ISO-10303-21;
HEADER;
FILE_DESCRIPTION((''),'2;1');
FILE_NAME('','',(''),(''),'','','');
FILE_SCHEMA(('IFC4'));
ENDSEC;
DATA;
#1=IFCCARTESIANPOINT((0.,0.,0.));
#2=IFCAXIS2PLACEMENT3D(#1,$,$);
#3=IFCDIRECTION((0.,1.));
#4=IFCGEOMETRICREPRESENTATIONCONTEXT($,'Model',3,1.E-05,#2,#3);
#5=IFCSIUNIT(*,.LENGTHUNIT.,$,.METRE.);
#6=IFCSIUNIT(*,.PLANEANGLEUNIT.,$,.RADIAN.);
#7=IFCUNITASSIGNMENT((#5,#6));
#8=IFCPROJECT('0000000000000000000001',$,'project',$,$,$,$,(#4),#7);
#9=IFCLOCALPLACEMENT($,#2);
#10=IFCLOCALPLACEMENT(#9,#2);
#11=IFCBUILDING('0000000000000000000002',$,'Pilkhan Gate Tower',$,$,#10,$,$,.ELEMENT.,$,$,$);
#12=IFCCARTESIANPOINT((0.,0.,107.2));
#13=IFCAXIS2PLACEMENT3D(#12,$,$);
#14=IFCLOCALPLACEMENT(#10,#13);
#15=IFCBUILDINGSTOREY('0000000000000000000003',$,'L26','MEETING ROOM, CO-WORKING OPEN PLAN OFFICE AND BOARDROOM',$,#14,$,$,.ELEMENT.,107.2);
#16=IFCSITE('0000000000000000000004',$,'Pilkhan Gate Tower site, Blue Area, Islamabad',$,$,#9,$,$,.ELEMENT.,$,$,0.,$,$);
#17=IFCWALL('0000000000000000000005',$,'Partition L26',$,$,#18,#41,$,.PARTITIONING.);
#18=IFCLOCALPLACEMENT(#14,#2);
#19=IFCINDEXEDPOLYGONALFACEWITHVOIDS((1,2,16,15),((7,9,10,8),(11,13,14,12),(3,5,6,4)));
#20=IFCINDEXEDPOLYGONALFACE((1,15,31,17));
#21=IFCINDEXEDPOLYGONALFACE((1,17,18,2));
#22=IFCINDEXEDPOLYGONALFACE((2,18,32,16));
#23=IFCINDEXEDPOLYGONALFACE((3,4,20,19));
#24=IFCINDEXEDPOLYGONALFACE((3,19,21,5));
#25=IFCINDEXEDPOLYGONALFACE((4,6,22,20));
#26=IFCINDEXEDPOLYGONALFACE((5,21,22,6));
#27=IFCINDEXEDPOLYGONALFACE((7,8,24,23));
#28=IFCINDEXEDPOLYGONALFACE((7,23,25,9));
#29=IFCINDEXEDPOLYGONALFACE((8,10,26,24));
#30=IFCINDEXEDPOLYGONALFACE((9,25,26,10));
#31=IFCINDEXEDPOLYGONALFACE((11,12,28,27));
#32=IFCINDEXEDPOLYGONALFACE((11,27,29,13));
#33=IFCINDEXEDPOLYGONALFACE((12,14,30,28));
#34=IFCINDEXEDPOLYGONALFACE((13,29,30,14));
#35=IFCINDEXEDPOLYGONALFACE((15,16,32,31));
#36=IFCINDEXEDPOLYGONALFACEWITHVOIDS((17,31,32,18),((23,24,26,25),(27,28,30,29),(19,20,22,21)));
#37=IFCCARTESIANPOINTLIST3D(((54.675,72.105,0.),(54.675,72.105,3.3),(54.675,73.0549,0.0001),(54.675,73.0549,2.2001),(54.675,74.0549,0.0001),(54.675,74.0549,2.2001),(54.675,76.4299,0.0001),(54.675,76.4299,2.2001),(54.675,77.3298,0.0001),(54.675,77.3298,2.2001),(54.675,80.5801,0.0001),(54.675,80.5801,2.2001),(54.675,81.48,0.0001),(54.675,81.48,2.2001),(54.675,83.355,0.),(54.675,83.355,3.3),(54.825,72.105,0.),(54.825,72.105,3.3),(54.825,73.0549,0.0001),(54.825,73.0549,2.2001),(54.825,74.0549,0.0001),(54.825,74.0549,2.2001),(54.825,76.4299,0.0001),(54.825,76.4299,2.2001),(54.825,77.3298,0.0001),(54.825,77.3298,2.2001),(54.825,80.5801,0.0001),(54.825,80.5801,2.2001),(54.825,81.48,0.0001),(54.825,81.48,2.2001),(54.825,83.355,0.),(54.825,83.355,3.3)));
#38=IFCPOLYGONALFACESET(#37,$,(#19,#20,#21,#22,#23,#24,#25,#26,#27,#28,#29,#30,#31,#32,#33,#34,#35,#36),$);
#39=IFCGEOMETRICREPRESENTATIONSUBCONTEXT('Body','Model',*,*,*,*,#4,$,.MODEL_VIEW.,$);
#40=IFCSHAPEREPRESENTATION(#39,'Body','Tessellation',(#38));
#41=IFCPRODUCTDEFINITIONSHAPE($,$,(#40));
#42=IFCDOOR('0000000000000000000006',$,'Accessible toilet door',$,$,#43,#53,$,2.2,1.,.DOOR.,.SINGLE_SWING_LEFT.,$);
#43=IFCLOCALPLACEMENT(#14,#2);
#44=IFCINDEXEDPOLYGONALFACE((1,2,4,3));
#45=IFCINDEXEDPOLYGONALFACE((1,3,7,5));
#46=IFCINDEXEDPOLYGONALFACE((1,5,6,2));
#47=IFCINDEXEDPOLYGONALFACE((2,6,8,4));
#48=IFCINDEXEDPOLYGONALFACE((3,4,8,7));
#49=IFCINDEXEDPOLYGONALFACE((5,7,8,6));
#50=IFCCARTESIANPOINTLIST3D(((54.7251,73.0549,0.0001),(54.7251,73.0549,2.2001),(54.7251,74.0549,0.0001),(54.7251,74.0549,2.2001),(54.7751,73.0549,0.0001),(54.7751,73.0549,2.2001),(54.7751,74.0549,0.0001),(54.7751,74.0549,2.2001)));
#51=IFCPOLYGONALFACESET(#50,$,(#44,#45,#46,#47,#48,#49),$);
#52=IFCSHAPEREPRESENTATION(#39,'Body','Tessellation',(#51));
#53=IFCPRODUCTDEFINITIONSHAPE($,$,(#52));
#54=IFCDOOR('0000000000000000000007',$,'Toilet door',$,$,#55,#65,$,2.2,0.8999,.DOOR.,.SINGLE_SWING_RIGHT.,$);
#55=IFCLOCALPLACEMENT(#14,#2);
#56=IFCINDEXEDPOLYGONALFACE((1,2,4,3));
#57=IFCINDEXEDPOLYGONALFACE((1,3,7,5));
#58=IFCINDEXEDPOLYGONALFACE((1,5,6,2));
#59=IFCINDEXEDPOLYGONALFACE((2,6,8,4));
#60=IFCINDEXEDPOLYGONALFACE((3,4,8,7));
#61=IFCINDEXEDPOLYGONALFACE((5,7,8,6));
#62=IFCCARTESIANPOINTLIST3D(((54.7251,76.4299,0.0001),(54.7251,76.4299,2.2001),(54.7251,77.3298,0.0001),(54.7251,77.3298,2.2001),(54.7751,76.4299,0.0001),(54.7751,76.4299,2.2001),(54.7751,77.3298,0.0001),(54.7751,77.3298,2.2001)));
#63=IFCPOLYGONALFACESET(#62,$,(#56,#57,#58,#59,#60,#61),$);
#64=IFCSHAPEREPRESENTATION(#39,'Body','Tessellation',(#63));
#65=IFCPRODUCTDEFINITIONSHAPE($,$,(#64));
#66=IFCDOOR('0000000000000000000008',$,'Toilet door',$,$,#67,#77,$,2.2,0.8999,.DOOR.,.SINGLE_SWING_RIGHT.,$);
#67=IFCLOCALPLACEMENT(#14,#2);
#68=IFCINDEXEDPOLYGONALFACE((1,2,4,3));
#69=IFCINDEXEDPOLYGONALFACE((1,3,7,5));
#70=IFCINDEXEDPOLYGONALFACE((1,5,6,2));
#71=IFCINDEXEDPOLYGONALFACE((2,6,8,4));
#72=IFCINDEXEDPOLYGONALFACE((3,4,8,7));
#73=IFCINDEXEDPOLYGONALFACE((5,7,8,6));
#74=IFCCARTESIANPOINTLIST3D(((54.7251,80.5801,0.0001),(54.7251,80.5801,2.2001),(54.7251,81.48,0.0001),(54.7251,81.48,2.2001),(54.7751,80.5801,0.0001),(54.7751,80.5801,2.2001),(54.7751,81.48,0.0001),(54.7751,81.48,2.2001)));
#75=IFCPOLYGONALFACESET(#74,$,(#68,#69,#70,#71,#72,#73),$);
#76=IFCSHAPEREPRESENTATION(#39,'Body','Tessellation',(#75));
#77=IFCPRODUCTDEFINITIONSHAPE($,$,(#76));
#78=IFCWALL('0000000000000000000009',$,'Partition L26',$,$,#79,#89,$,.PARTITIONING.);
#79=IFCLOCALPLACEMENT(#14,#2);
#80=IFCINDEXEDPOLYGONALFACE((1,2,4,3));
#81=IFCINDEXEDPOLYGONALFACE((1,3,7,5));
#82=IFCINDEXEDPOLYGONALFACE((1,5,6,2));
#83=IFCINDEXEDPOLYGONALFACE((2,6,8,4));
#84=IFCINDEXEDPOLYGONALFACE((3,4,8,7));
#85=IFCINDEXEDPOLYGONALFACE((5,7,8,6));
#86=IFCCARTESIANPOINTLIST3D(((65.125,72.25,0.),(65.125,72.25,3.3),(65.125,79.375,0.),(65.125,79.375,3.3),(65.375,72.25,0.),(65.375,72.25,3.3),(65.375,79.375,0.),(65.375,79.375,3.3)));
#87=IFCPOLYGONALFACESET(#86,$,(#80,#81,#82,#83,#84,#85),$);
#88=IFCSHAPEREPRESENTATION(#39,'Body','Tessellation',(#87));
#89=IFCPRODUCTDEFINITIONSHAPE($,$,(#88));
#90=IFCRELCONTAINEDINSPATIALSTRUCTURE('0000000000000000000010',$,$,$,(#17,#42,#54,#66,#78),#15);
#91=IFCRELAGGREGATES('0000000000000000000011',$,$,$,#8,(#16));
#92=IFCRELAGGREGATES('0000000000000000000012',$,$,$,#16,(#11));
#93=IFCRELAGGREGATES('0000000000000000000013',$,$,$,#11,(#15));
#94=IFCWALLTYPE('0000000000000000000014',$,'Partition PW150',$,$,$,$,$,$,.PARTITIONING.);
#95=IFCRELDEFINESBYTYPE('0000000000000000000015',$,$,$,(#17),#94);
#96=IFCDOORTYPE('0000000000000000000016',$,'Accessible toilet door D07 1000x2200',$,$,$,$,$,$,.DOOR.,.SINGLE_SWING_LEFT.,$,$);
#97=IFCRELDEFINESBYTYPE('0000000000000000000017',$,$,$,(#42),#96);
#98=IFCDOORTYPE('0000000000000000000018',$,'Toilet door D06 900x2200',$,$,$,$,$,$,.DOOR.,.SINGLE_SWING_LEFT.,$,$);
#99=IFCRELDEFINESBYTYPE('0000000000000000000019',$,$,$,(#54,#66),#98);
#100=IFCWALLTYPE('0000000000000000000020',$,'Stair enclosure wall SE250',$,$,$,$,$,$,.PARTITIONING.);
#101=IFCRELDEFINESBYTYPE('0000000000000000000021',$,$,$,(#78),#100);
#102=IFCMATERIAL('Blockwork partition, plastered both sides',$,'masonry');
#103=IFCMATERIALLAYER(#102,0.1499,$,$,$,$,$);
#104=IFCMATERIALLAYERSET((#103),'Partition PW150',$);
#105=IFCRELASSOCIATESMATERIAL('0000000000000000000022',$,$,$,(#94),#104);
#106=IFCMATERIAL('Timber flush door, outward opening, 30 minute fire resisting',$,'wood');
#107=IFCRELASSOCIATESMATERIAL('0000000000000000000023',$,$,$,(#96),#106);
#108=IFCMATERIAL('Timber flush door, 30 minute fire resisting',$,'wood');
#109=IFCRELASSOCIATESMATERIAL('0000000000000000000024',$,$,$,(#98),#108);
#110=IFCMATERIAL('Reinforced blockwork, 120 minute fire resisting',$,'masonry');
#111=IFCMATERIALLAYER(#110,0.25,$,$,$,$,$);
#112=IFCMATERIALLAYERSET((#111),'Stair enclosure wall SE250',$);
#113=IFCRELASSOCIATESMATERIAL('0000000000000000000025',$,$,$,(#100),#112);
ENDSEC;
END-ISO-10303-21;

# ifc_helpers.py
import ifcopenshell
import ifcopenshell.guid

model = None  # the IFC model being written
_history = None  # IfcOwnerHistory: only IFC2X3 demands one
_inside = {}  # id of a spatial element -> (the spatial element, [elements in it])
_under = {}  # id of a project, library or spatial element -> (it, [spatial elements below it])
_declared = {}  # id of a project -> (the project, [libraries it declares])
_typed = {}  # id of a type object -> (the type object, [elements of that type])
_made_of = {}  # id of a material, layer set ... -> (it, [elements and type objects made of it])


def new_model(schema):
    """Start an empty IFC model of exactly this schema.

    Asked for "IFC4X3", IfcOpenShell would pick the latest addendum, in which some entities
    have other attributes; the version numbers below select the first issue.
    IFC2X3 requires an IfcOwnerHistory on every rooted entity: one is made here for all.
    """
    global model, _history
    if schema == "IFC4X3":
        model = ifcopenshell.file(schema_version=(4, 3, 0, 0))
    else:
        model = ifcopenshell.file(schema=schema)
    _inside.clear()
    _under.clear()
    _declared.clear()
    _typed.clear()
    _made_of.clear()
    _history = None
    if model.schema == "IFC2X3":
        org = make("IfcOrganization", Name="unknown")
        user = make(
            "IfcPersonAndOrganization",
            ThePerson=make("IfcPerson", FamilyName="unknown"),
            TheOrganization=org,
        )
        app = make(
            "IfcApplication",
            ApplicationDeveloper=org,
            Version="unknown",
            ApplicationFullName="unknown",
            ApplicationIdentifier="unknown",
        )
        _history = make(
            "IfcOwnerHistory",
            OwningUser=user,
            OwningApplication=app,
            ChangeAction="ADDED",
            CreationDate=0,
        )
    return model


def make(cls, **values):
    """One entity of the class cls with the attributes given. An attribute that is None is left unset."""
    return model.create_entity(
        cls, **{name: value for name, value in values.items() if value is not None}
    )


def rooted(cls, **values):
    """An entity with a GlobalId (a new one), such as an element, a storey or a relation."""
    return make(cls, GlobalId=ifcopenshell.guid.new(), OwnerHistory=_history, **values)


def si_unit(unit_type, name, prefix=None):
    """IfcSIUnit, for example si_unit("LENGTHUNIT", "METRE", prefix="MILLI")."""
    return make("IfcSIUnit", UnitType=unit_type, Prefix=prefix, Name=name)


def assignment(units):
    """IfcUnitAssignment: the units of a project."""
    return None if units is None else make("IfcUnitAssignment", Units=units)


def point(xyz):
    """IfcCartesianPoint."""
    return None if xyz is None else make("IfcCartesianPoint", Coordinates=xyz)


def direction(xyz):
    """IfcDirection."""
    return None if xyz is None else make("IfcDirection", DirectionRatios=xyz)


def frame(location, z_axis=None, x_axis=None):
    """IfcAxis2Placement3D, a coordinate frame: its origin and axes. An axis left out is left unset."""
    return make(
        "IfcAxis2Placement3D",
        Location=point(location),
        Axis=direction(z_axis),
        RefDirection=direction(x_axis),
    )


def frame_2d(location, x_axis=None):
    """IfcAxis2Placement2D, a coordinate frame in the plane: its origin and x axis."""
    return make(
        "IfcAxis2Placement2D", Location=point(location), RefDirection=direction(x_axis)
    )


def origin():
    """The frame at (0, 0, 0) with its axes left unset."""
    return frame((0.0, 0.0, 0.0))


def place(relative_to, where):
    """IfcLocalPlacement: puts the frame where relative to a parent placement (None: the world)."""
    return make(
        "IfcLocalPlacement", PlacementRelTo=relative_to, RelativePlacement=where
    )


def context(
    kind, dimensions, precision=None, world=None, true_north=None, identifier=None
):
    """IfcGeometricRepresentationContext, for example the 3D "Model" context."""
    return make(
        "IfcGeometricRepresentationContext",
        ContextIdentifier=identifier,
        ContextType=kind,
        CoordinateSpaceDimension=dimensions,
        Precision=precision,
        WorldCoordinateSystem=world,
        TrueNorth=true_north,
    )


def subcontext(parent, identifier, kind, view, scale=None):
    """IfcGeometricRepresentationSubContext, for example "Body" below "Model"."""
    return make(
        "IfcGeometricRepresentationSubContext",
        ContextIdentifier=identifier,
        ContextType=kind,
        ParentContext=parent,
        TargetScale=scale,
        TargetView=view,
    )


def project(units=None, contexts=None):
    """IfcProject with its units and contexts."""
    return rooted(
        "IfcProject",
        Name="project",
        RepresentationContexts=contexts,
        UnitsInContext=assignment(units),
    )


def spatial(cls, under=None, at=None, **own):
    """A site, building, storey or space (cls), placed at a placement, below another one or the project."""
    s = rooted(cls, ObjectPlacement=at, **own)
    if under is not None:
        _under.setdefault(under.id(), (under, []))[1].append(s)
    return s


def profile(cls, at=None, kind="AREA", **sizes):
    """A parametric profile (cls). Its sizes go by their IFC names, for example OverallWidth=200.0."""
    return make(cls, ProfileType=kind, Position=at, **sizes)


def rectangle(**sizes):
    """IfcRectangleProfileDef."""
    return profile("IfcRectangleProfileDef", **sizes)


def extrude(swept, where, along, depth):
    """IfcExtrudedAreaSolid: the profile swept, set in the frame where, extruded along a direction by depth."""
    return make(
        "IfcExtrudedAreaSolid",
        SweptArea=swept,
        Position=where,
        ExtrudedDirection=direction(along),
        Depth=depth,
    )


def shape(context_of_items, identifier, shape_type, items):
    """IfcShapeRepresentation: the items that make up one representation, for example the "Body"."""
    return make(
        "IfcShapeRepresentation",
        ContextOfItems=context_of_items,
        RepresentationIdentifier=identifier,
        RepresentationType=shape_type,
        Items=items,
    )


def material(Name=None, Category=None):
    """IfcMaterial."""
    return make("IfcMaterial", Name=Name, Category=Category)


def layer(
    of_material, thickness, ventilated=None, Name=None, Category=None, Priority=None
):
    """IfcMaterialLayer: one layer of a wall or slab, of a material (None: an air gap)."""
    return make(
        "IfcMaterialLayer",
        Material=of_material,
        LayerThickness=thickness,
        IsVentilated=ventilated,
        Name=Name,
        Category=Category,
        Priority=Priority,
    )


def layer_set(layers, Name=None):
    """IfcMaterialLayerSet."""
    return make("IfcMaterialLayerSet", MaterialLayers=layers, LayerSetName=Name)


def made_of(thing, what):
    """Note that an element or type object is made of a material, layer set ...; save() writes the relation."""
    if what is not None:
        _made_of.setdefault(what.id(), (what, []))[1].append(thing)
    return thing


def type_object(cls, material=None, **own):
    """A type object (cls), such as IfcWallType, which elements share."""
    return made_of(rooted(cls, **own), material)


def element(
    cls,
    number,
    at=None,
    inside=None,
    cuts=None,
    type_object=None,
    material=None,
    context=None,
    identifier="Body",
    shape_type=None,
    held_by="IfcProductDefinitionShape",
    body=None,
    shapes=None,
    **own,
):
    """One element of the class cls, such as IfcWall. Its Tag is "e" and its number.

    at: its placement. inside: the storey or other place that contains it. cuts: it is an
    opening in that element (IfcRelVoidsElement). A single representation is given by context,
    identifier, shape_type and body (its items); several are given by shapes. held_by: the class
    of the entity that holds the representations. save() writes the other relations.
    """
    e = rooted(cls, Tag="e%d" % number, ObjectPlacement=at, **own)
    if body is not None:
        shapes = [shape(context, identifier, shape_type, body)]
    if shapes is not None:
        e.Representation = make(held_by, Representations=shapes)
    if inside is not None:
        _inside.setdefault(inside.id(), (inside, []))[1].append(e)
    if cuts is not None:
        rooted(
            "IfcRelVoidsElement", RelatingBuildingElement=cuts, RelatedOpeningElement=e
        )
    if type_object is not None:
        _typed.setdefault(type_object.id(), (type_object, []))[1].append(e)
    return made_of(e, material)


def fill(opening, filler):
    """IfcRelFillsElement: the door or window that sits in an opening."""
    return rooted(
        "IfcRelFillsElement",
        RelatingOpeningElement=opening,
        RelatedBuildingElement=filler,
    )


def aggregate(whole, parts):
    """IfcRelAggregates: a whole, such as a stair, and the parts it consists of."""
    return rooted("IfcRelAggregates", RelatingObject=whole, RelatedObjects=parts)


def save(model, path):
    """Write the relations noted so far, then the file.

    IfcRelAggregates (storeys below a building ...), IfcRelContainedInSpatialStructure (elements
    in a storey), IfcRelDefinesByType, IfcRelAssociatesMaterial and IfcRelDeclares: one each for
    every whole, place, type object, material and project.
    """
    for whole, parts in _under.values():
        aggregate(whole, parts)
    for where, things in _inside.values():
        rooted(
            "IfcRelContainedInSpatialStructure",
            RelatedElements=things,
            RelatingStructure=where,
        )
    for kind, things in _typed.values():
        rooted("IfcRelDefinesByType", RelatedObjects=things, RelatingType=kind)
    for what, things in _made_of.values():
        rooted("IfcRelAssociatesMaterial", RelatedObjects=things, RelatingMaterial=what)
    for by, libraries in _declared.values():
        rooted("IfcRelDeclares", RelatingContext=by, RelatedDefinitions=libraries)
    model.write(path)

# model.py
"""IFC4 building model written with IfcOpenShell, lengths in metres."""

from ifc_helpers import new_model, si_unit, direction, frame, frame_2d, origin, place, context, subcontext, project, spatial, rectangle, extrude, material, layer, layer_set, type_object, element, fill, save


model = new_model("IFC4")

# Units and contexts
model_context = context("Model", 3, precision=1e-05, world=origin(), true_north=direction((0.0, 1.0)))
body_context = subcontext(model_context, "Body", "Model", "MODEL_VIEW")
ifc_project = project(units=[si_unit("LENGTHUNIT", "METRE"), si_unit("PLANEANGLEUNIT", "RADIAN")], contexts=[model_context])

# Site, building, storey
site_placement = place(None, origin())
site = spatial("IfcSite", under=ifc_project, at=site_placement, Name="Pilkhan Gate Tower site, Blue Area, Islamabad", CompositionType="ELEMENT", RefElevation=0.0)
building_placement = place(site_placement, origin())
building = spatial("IfcBuilding", under=site, at=building_placement, Name="Pilkhan Gate Tower", CompositionType="ELEMENT")
storey_placement = place(building_placement, frame((0.0, 0.0, 107.2)))
storey = spatial("IfcBuildingStorey", under=building, at=storey_placement, Name="L26", Description="MEETING ROOM, CO-WORKING OPEN PLAN OFFICE AND BOARDROOM", CompositionType="ELEMENT", Elevation=107.2)

# Shared definitions
ifc_material_1 = material(Name="Timber flush door, 30 minute fire resisting", Category="wood")

# Shared definitions
ifc_material_2 = material(Name="Blockwork partition, plastered both sides", Category="masonry")
ifc_layer_1 = layer(ifc_material_2, 0.1499)
ifc_layer_set_1 = layer_set([ifc_layer_1], Name="Partition PW150")
wall_type_1 = type_object("IfcWallType", Name="Partition PW150", PredefinedType="PARTITIONING", material=ifc_layer_set_1)

# Wall, openings, doors
wall_1_placement = place(storey_placement, frame((54.75, 72.105, 0.0), z_axis=(0.0, 0.0, 1.0), x_axis=(0.0, 1.0, 0.0)))
wall_1 = element("IfcWall", 1, at=wall_1_placement, inside=storey, type_object=wall_type_1, Name="Partition L26", PredefinedType="PARTITIONING", context=body_context, shape_type="SweptSolid", body=[
    extrude(rectangle(XDim=11.25, YDim=0.1499, at=frame_2d((5.625, 0.0))), origin(), (0.0, 0.0, 1.0), 3.3),
])
opening_1_placement = place(wall_1_placement, frame((0.95, 0.0, 0.0)))
opening_1 = element("IfcOpeningElement", 2, at=opening_1_placement, cuts=wall_1, PredefinedType="OPENING", context=body_context, shape_type="SweptSolid", body=[
    extrude(rectangle(XDim=1.0, YDim=2.2, at=frame_2d((0.5, 1.1001))), frame((0.0, 0.085, 0.0), z_axis=(0.0, -1.0, 0.0), x_axis=(1.0, 0.0, 0.0)), (0.0, 0.0, 1.0), 0.1699),
])
opening_2_placement = place(wall_1_placement, frame((4.325, 0.0, 0.0)))
opening_2 = element("IfcOpeningElement", 3, at=opening_2_placement, cuts=wall_1, PredefinedType="OPENING", context=body_context, shape_type="SweptSolid", body=[
    extrude(rectangle(XDim=0.8999, YDim=2.2, at=frame_2d((0.45, 1.1001))), frame((0.0, 0.085, 0.0), z_axis=(0.0, -1.0, 0.0), x_axis=(1.0, 0.0, 0.0)), (0.0, 0.0, 1.0), 0.1699),
])
opening_3_placement = place(wall_1_placement, frame((8.4751, 0.0, 0.0)))
opening_3 = element("IfcOpeningElement", 4, at=opening_3_placement, cuts=wall_1, PredefinedType="OPENING", context=body_context, shape_type="SweptSolid", body=[
    extrude(rectangle(XDim=0.8999, YDim=2.2, at=frame_2d((0.45, 1.1001))), frame((0.0, 0.085, 0.0), z_axis=(0.0, -1.0, 0.0), x_axis=(1.0, 0.0, 0.0)), (0.0, 0.0, 1.0), 0.1699),
])
ifc_material_3 = material(Name="Timber flush door, outward opening, 30 minute fire resisting", Category="wood")
door_type_1 = type_object("IfcDoorType", Name="Accessible toilet door D07 1000x2200", OperationType="SINGLE_SWING_LEFT", PredefinedType="DOOR", material=ifc_material_3)
door_1_placement = place(opening_1_placement, origin())
door_1 = element("IfcDoor", 5, at=door_1_placement, inside=storey, type_object=door_type_1, Name="Accessible toilet door", OperationType="SINGLE_SWING_LEFT", OverallHeight=2.2, OverallWidth=1.0, PredefinedType="DOOR", context=body_context, shape_type="SweptSolid", body=[
    extrude(rectangle(XDim=1.0, YDim=2.2, at=frame_2d((0.5, 1.1001))), frame((0.0, 0.0249, 0.0), z_axis=(0.0, -1.0, 0.0), x_axis=(1.0, 0.0, 0.0)), (0.0, 0.0, 1.0), 0.05),
])
fill(opening_1, door_1)
door_type_2 = type_object("IfcDoorType", Name="Toilet door D06 900x2200", OperationType="SINGLE_SWING_LEFT", PredefinedType="DOOR", material=ifc_material_1)
door_2_placement = place(opening_2_placement, origin())
door_2 = element("IfcDoor", 6, at=door_2_placement, inside=storey, type_object=door_type_2, Name="Toilet door", OperationType="SINGLE_SWING_RIGHT", OverallHeight=2.2, OverallWidth=0.8999, PredefinedType="DOOR", context=body_context, shape_type="SweptSolid", body=[
    extrude(rectangle(XDim=0.8999, YDim=2.2, at=frame_2d((0.45, 1.1001))), frame((0.0, 0.0249, 0.0), z_axis=(0.0, -1.0, 0.0), x_axis=(1.0, 0.0, 0.0)), (0.0, 0.0, 1.0), 0.05),
])
fill(opening_2, door_2)
door_3_placement = place(opening_3_placement, origin())
door_3 = element("IfcDoor", 7, at=door_3_placement, inside=storey, type_object=door_type_2, Name="Toilet door", OperationType="SINGLE_SWING_RIGHT", OverallHeight=2.2, OverallWidth=0.8999, PredefinedType="DOOR", context=body_context, shape_type="SweptSolid", body=[
    extrude(rectangle(XDim=0.8999, YDim=2.2, at=frame_2d((0.45, 1.1001))), frame((0.0, 0.0249, 0.0), z_axis=(0.0, -1.0, 0.0), x_axis=(1.0, 0.0, 0.0)), (0.0, 0.0, 1.0), 0.05),
])
fill(opening_3, door_3)

# Wall
ifc_material_4 = material(Name="Reinforced blockwork, 120 minute fire resisting", Category="masonry")
ifc_layer_2 = layer(ifc_material_4, 0.25)
ifc_layer_set_2 = layer_set([ifc_layer_2], Name="Stair enclosure wall SE250")
wall_type_2 = type_object("IfcWallType", Name="Stair enclosure wall SE250", PredefinedType="PARTITIONING", material=ifc_layer_set_2)
wall_2_placement = place(storey_placement, frame((65.25, 72.25, 0.0), z_axis=(0.0, 0.0, 1.0), x_axis=(0.0, 1.0, 0.0)))
element("IfcWall", 8, at=wall_2_placement, inside=storey, type_object=wall_type_2, Name="Partition L26", PredefinedType="PARTITIONING", context=body_context, shape_type="SweptSolid", body=[
    extrude(rectangle(XDim=7.125, YDim=0.25, at=frame_2d((3.5625, 0.0))), origin(), (0.0, 0.0, 1.0), 3.3),
])

save(model, "model.ifc")
